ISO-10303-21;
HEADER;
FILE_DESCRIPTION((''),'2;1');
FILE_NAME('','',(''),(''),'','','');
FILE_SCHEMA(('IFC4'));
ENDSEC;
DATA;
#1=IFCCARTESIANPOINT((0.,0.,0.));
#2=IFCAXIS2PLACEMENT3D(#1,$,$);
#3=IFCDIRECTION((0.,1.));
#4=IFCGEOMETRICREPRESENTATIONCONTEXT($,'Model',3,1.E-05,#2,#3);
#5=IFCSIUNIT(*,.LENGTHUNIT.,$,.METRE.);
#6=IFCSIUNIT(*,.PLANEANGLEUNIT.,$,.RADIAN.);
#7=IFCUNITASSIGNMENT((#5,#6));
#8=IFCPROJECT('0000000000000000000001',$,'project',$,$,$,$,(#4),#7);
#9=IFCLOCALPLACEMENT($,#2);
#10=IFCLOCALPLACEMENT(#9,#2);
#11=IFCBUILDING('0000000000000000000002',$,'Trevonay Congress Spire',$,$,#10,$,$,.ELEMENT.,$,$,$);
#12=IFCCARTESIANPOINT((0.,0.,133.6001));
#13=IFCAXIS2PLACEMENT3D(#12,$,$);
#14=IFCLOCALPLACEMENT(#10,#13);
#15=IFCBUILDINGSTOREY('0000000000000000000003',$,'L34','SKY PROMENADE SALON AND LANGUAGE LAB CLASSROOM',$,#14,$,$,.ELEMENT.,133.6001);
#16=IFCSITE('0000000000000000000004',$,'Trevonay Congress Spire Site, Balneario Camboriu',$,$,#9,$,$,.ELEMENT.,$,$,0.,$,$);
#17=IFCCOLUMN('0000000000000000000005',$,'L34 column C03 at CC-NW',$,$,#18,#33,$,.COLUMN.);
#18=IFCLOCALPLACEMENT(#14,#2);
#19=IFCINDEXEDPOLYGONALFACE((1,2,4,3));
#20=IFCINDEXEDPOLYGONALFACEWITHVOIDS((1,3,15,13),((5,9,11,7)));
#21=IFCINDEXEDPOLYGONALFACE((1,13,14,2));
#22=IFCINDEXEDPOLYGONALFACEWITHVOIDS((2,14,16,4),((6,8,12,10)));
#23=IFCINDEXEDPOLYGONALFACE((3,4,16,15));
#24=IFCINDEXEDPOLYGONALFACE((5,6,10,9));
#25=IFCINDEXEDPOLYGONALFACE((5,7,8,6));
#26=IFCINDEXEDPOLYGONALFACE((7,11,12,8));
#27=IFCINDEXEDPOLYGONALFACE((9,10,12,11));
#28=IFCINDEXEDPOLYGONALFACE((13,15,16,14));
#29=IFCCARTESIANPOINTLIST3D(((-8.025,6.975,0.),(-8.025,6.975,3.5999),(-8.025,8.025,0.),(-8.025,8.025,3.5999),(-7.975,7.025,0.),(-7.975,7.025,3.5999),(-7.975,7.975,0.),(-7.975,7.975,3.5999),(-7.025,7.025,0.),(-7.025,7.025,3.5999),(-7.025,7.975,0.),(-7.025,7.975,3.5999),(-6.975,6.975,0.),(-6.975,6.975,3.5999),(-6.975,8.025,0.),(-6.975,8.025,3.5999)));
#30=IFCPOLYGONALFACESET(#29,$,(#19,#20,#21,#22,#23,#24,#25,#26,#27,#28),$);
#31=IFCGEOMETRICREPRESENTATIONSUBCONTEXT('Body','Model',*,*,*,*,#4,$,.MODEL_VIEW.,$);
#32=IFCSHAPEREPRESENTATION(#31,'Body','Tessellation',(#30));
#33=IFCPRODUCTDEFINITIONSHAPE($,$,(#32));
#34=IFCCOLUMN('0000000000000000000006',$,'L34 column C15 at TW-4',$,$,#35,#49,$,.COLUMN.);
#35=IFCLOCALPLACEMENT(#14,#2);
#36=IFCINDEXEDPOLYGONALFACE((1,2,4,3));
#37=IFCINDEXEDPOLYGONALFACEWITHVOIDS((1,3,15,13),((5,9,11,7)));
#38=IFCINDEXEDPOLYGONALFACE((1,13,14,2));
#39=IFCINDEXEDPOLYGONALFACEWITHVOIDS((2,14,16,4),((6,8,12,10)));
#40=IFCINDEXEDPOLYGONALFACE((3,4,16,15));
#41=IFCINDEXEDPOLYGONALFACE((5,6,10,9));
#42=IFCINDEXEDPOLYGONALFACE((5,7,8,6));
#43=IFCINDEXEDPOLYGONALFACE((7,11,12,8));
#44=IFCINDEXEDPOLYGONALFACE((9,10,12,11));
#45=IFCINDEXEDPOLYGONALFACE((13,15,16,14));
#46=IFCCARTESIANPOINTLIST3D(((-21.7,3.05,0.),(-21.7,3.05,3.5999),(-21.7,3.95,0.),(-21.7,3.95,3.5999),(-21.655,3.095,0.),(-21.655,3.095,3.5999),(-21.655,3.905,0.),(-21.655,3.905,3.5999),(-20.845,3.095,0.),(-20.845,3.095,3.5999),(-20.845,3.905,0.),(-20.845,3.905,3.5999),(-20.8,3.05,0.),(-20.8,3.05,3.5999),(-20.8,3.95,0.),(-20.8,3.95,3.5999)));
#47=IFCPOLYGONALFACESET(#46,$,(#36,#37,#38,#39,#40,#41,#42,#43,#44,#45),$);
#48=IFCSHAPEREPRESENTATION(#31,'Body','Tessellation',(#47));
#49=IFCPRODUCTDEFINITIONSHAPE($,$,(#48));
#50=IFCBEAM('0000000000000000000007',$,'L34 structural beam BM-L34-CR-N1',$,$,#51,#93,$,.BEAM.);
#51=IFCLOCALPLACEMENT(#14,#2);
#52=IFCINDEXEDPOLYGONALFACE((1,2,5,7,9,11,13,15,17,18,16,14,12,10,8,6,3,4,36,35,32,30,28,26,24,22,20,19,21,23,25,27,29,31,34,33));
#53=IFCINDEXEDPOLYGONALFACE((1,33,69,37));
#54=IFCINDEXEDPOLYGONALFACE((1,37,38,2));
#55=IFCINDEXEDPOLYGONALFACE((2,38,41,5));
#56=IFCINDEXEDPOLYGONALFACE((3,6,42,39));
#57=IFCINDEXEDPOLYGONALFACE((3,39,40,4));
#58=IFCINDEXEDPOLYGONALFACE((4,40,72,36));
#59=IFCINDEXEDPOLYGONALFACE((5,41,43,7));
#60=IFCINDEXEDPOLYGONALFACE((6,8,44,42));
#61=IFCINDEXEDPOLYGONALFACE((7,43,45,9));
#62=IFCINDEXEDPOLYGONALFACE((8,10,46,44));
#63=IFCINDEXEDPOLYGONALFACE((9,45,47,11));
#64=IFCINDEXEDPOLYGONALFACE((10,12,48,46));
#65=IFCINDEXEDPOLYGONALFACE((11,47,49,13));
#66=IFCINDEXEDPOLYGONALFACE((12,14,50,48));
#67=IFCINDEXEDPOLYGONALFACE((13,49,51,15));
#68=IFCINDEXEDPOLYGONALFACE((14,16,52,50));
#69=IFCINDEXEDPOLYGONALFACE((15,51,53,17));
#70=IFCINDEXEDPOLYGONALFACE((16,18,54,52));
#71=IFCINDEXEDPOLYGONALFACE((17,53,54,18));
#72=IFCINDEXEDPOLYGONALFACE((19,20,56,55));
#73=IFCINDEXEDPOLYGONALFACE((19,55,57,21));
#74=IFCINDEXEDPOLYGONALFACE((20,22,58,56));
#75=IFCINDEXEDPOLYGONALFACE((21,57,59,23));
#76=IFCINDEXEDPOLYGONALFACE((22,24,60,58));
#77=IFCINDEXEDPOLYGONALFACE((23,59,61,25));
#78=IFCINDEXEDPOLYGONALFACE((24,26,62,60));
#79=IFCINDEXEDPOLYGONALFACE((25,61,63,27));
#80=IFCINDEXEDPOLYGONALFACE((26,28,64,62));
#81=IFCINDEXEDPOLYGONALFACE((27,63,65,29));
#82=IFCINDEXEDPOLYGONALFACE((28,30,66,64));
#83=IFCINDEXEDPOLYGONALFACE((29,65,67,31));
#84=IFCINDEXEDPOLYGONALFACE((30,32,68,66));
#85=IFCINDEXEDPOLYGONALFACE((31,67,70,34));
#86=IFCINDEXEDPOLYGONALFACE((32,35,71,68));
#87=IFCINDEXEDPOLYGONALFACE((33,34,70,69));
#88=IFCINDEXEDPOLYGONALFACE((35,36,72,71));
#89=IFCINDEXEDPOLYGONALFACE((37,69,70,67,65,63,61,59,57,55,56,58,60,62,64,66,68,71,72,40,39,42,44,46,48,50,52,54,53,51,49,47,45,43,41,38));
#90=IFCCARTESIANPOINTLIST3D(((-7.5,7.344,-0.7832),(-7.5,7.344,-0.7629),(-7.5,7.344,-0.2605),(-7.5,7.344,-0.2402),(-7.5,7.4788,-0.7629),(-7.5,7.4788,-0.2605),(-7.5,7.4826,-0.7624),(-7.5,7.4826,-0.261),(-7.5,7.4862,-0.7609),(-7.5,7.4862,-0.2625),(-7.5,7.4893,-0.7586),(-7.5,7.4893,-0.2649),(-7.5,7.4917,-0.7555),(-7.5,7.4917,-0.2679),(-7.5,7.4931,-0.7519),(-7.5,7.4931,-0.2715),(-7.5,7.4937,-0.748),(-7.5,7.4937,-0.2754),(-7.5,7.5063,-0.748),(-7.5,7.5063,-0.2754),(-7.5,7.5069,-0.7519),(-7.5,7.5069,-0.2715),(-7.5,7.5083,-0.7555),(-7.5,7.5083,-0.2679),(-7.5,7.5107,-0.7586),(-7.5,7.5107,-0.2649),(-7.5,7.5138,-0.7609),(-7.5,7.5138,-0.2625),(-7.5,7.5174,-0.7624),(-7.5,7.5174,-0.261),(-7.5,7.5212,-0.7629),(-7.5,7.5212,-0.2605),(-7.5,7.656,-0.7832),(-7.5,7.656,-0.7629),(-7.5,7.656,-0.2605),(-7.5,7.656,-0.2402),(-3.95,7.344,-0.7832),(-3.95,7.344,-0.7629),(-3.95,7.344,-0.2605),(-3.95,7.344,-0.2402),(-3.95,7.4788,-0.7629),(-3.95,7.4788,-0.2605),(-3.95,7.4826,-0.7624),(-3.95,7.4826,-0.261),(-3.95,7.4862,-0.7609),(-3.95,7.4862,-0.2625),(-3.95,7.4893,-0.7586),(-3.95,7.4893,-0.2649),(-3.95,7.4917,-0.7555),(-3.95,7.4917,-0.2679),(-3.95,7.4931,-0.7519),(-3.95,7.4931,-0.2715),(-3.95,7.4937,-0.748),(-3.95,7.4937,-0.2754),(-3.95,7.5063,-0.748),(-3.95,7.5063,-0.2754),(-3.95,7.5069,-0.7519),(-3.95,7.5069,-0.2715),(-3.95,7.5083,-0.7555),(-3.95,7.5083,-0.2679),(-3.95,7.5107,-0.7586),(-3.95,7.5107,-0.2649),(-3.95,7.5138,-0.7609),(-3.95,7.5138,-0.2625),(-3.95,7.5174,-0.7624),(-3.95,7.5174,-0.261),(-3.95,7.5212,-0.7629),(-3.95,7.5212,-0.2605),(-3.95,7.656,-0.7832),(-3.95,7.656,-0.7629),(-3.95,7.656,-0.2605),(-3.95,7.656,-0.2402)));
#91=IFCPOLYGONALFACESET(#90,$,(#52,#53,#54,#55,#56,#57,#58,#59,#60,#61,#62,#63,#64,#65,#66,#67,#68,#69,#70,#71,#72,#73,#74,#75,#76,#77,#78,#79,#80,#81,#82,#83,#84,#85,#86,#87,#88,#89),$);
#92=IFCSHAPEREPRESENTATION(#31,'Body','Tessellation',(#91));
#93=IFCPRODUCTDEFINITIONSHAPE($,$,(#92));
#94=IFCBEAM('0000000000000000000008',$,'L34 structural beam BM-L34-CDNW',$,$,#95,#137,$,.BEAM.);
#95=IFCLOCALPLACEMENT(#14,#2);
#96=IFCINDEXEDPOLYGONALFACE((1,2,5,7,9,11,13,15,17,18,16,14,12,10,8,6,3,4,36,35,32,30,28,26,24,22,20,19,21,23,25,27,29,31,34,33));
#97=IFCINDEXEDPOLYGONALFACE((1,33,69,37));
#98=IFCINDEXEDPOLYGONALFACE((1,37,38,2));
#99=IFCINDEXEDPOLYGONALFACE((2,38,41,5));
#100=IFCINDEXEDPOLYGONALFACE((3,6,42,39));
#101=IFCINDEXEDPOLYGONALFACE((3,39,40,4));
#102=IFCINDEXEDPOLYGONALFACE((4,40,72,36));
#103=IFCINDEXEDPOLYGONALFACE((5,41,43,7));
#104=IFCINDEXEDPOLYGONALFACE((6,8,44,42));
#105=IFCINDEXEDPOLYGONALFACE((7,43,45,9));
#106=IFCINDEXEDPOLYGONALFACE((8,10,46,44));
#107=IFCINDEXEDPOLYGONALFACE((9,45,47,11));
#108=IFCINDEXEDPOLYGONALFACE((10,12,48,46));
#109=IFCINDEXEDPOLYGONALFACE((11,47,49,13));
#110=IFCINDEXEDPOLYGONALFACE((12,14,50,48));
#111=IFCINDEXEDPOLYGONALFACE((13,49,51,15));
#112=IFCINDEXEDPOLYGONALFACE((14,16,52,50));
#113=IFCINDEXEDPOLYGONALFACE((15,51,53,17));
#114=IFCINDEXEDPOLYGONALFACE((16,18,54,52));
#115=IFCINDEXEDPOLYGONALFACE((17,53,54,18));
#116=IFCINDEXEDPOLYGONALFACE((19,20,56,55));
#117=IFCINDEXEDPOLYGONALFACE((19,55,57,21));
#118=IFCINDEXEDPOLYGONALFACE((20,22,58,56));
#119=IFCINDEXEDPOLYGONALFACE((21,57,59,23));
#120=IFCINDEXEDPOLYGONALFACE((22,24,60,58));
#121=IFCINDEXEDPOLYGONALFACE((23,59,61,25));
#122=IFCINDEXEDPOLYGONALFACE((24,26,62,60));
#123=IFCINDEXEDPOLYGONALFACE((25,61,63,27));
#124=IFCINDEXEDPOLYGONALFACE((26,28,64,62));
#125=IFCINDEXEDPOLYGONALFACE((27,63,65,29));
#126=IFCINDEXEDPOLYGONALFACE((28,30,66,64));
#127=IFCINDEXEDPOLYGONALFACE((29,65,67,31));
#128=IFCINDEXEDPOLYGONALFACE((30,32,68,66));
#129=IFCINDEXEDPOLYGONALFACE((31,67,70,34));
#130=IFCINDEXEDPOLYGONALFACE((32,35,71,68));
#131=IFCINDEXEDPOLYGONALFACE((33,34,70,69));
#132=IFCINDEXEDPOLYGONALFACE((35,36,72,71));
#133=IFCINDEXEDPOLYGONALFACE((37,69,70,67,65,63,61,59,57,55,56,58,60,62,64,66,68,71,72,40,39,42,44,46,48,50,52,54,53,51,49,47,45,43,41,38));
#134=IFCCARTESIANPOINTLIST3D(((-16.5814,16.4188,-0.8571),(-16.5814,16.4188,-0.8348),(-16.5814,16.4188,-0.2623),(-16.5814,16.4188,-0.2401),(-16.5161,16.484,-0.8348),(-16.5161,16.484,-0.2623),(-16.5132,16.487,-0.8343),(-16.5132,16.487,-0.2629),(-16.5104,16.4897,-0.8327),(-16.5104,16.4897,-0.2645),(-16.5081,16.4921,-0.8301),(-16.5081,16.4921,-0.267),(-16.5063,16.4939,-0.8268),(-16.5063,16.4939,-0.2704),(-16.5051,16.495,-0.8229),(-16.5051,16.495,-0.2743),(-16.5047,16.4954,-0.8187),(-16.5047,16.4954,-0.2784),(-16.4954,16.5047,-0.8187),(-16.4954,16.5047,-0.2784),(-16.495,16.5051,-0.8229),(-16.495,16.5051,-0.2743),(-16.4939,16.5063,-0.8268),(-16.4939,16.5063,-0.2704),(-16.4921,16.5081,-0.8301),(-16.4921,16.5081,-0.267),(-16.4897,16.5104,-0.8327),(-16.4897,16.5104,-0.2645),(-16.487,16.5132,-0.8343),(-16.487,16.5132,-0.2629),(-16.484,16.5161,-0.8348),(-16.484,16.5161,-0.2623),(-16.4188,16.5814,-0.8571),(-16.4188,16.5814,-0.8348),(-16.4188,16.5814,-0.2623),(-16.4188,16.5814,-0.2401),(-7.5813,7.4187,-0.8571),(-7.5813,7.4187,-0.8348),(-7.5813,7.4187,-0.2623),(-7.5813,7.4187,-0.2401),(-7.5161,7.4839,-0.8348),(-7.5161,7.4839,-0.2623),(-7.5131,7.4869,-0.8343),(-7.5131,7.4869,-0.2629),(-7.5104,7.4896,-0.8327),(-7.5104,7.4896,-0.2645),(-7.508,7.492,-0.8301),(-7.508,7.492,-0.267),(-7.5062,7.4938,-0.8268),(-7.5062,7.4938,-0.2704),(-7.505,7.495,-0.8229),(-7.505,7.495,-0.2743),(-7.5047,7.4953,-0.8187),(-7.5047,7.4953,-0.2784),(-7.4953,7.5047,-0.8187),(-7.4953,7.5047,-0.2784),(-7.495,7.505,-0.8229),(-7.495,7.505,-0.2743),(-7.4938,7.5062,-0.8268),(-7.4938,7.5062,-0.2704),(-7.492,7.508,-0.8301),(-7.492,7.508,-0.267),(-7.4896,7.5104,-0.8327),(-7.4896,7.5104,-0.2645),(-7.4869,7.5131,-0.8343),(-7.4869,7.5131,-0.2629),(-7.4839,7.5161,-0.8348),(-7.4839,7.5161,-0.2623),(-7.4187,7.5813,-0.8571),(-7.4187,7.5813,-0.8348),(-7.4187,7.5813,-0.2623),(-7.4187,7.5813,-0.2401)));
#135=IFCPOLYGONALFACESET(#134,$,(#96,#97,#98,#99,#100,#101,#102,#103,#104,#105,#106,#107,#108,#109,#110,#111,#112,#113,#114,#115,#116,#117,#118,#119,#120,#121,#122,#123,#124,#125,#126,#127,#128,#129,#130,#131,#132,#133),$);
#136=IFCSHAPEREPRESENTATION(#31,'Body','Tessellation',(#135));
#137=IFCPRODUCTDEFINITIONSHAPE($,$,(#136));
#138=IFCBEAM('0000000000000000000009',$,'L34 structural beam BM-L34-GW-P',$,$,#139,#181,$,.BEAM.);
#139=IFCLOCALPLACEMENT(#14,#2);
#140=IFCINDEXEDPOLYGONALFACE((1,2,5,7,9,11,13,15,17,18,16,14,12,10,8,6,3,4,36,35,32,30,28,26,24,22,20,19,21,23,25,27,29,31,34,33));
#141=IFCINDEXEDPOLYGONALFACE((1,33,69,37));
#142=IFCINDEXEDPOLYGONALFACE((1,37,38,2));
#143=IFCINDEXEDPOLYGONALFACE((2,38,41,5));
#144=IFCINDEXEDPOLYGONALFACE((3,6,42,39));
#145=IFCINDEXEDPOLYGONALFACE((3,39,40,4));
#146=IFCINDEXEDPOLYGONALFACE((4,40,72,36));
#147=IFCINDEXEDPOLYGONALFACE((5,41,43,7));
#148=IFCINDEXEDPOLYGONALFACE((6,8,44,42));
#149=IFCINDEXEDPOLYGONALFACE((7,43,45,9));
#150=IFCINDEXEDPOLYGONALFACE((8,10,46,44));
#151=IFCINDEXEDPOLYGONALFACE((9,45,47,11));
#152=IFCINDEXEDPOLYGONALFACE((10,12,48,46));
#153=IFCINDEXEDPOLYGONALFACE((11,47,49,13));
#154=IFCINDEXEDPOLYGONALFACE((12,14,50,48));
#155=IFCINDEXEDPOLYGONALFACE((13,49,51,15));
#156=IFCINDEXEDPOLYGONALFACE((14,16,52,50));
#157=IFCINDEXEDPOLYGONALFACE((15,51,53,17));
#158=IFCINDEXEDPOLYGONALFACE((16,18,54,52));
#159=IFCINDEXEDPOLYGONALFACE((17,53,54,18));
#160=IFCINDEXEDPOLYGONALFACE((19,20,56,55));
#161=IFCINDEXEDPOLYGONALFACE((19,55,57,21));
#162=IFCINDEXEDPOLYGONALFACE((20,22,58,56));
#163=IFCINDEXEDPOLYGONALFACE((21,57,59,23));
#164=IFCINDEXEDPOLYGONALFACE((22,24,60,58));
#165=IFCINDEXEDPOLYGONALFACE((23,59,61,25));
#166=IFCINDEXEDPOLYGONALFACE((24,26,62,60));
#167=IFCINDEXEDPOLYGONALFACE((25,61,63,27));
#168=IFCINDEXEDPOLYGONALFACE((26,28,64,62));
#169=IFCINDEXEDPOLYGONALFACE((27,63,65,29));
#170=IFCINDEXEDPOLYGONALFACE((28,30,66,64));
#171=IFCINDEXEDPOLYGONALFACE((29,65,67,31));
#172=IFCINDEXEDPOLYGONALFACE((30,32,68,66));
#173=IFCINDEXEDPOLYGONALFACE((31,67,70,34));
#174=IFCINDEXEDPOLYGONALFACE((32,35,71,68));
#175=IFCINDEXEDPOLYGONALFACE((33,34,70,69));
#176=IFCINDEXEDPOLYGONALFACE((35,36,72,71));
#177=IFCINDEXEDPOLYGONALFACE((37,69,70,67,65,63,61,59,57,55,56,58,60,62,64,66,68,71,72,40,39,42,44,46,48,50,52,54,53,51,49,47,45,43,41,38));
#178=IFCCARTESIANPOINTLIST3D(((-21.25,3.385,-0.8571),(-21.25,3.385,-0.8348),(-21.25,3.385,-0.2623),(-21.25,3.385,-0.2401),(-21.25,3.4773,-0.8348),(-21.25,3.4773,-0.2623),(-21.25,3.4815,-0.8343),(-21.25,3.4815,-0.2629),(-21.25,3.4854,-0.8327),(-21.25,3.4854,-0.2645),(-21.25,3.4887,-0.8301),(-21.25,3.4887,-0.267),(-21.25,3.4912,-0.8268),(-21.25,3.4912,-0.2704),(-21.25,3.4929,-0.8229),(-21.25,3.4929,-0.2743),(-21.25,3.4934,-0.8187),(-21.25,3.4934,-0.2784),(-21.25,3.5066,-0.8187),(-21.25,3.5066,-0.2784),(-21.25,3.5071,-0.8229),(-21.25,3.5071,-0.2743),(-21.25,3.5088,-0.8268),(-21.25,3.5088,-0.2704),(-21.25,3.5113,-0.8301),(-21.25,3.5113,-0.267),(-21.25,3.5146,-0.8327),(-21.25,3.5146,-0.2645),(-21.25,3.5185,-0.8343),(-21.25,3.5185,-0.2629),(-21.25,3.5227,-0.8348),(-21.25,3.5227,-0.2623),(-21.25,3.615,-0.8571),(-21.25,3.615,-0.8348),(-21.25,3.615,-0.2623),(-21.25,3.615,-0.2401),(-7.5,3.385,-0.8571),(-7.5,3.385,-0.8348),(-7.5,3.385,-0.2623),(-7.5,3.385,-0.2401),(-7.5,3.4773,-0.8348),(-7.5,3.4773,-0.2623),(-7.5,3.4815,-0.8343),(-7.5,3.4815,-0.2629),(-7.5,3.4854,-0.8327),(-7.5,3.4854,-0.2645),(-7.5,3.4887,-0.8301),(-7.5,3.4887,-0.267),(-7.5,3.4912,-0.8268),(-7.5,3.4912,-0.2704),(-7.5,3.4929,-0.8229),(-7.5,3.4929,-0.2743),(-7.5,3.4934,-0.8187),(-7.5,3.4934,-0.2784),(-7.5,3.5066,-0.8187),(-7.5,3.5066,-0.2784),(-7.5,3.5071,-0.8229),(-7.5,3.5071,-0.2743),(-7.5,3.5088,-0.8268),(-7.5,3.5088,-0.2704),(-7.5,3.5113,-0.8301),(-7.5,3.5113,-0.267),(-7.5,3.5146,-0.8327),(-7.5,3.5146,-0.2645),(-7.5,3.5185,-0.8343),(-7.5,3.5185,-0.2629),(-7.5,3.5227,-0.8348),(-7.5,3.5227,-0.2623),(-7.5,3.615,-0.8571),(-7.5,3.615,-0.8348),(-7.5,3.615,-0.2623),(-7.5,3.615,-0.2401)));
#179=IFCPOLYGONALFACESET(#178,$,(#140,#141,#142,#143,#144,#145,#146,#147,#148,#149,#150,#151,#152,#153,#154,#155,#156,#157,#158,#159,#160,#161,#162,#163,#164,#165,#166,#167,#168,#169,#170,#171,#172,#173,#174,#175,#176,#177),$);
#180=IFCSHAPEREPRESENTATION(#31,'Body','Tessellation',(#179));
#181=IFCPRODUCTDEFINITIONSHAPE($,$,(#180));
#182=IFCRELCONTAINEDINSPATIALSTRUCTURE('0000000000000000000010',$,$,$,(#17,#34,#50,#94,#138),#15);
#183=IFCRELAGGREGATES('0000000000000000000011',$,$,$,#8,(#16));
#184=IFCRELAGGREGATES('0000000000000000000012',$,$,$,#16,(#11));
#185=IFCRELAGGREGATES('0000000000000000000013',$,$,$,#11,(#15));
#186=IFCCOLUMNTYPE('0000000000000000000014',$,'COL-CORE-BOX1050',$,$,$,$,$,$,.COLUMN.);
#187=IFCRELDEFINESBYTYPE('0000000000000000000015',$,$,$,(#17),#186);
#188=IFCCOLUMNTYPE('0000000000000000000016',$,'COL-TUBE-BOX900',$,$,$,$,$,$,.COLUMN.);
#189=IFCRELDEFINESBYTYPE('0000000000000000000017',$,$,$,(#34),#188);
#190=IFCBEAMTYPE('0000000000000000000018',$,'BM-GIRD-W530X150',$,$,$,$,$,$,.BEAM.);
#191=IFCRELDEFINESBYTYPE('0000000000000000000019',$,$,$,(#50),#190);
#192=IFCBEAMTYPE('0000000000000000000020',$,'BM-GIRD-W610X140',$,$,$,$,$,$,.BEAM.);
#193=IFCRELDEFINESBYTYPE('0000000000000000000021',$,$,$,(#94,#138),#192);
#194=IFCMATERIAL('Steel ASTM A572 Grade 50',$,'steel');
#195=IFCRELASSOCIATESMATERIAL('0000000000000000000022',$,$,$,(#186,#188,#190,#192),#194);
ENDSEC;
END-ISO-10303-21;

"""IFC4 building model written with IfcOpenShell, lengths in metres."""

from ifc_helpers import new_model, si_unit, direction, frame, origin, origin_2d, place, context, subcontext, project, spatial, hollow_rectangle, i_section, extrude, material, material_profile, profile_set, type_object, element, save


model = new_model("IFC4")

# Units and contexts
model_context = context("Model", 3, precision=1e-05, world=origin(), true_north=direction((0.0, 1.0)))
body_context = subcontext(model_context, "Body", "Model", "MODEL_VIEW")
ifc_project = project(units=[si_unit("LENGTHUNIT", "METRE"), si_unit("PLANEANGLEUNIT", "RADIAN")], contexts=[model_context])

# Site, building, storey
site_placement = place(None, origin())
site = spatial("IfcSite", under=ifc_project, at=site_placement, Name="Trevonay Congress Spire Site, Balneario Camboriu", CompositionType="ELEMENT", RefElevation=0.0)
building_placement = place(site_placement, origin())
building = spatial("IfcBuilding", under=site, at=building_placement, Name="Trevonay Congress Spire", CompositionType="ELEMENT")
storey_placement = place(building_placement, frame((0.0, 0.0, 133.6001)))
storey = spatial("IfcBuildingStorey", under=building, at=storey_placement, Name="L34", Description="SKY PROMENADE SALON AND LANGUAGE LAB CLASSROOM", CompositionType="ELEMENT", Elevation=133.6001)

# Columns
ifc_material_1 = material(Name="Steel ASTM A572 Grade 50", Category="steel")
ifc_material_profile_1 = material_profile(ifc_material_1, hollow_rectangle(XDim=1.05, YDim=1.05, WallThickness=0.05, at=origin_2d()), Name="BOX 1050x1050x50")
ifc_profile_set_1 = profile_set([ifc_material_profile_1], Name="Steel ASTM A572 Grade 50")
column_type_1 = type_object("IfcColumnType", Name="COL-CORE-BOX1050", PredefinedType="COLUMN", material=ifc_profile_set_1)
column_1_placement = place(storey_placement, frame((-7.5, 7.5, 0.0), z_axis=(0.0, 0.0, 1.0), x_axis=(1.0, 0.0, 0.0)))
element("IfcColumn", 1, at=column_1_placement, inside=storey, type_object=column_type_1, Name="L34 column C03 at CC-NW", PredefinedType="COLUMN", context=body_context, shape_type="SweptSolid", body=[
    extrude(hollow_rectangle(XDim=1.05, YDim=1.05, WallThickness=0.05, at=origin_2d()), origin(), (0.0, 0.0, 1.0), 3.5999),
])
ifc_material_profile_2 = material_profile(ifc_material_1, hollow_rectangle(XDim=0.8999, YDim=0.8999, WallThickness=0.0449, at=origin_2d()), Name="BOX 900x900x45")
ifc_profile_set_2 = profile_set([ifc_material_profile_2], Name="Steel ASTM A572 Grade 50")
column_type_2 = type_object("IfcColumnType", Name="COL-TUBE-BOX900", PredefinedType="COLUMN", material=ifc_profile_set_2)
column_2_placement = place(storey_placement, frame((-21.25, 3.5, 0.0), z_axis=(0.0, 0.0, 1.0), x_axis=(1.0, 0.0, 0.0)))
element("IfcColumn", 2, at=column_2_placement, inside=storey, type_object=column_type_2, Name="L34 column C15 at TW-4", PredefinedType="COLUMN", context=body_context, shape_type="SweptSolid", body=[
    extrude(hollow_rectangle(XDim=0.8999, YDim=0.8999, WallThickness=0.0449, at=origin_2d()), origin(), (0.0, 0.0, 1.0), 3.5999),
])

# Beams
ifc_material_profile_3 = material_profile(ifc_material_1, i_section(OverallWidth=0.312, OverallDepth=0.543, WebThickness=0.0127, FlangeThickness=0.0203, FilletRadius=0.0149, at=origin_2d()), Name="W530x150")
ifc_profile_set_3 = profile_set([ifc_material_profile_3], Name="Steel ASTM A572 Grade 50")
beam_type_1 = type_object("IfcBeamType", Name="BM-GIRD-W530X150", PredefinedType="BEAM", material=ifc_profile_set_3)
beam_1_placement = place(storey_placement, frame((-7.5, 7.5, -0.5117), z_axis=(1.0, 0.0, 0.0), x_axis=(0.0, 1.0, 0.0)))
element("IfcBeam", 3, at=beam_1_placement, inside=storey, type_object=beam_type_1, Name="L34 structural beam BM-L34-CR-N1", PredefinedType="BEAM", context=body_context, shape_type="SweptSolid", body=[
    extrude(i_section(OverallWidth=0.312, OverallDepth=0.543, WebThickness=0.0127, FlangeThickness=0.0203, FilletRadius=0.0149, at=origin_2d()), origin(), (0.0, 0.0, 1.0), 3.55),
])
ifc_material_profile_4 = material_profile(ifc_material_1, i_section(OverallWidth=0.23, OverallDepth=0.6169, WebThickness=0.0132, FlangeThickness=0.0222, FilletRadius=0.0161, at=origin_2d()), Name="W610x140")
ifc_profile_set_4 = profile_set([ifc_material_profile_4], Name="Steel ASTM A572 Grade 50")
beam_type_2 = type_object("IfcBeamType", Name="BM-GIRD-W610X140", PredefinedType="BEAM", material=ifc_profile_set_4)
beam_2_placement = place(storey_placement, frame((-7.5, 7.5, -0.5486), z_axis=(-0.707107, 0.707107, 0.0), x_axis=(-0.707107, -0.707107, 0.0)))
element("IfcBeam", 4, at=beam_2_placement, inside=storey, type_object=beam_type_2, Name="L34 structural beam BM-L34-CDNW", PredefinedType="BEAM", context=body_context, shape_type="SweptSolid", body=[
    extrude(i_section(OverallWidth=0.23, OverallDepth=0.6169, WebThickness=0.0132, FlangeThickness=0.0222, FilletRadius=0.0161, at=origin_2d()), origin(), (0.0, 0.0, 1.0), 12.728),
])
beam_3_placement = place(storey_placement, frame((-7.5, 3.5, -0.5486), z_axis=(-1.0, 0.0, 0.0), x_axis=(0.0, -1.0, 0.0)))
element("IfcBeam", 5, at=beam_3_placement, inside=storey, type_object=beam_type_2, Name="L34 structural beam BM-L34-GW-P", PredefinedType="BEAM", context=body_context, shape_type="SweptSolid", body=[
    extrude(i_section(OverallWidth=0.23, OverallDepth=0.6169, WebThickness=0.0132, FlangeThickness=0.0222, FilletRadius=0.0161, at=origin_2d()), origin(), (0.0, 0.0, 1.0), 13.75),
])

save(model, "model.ifc")
